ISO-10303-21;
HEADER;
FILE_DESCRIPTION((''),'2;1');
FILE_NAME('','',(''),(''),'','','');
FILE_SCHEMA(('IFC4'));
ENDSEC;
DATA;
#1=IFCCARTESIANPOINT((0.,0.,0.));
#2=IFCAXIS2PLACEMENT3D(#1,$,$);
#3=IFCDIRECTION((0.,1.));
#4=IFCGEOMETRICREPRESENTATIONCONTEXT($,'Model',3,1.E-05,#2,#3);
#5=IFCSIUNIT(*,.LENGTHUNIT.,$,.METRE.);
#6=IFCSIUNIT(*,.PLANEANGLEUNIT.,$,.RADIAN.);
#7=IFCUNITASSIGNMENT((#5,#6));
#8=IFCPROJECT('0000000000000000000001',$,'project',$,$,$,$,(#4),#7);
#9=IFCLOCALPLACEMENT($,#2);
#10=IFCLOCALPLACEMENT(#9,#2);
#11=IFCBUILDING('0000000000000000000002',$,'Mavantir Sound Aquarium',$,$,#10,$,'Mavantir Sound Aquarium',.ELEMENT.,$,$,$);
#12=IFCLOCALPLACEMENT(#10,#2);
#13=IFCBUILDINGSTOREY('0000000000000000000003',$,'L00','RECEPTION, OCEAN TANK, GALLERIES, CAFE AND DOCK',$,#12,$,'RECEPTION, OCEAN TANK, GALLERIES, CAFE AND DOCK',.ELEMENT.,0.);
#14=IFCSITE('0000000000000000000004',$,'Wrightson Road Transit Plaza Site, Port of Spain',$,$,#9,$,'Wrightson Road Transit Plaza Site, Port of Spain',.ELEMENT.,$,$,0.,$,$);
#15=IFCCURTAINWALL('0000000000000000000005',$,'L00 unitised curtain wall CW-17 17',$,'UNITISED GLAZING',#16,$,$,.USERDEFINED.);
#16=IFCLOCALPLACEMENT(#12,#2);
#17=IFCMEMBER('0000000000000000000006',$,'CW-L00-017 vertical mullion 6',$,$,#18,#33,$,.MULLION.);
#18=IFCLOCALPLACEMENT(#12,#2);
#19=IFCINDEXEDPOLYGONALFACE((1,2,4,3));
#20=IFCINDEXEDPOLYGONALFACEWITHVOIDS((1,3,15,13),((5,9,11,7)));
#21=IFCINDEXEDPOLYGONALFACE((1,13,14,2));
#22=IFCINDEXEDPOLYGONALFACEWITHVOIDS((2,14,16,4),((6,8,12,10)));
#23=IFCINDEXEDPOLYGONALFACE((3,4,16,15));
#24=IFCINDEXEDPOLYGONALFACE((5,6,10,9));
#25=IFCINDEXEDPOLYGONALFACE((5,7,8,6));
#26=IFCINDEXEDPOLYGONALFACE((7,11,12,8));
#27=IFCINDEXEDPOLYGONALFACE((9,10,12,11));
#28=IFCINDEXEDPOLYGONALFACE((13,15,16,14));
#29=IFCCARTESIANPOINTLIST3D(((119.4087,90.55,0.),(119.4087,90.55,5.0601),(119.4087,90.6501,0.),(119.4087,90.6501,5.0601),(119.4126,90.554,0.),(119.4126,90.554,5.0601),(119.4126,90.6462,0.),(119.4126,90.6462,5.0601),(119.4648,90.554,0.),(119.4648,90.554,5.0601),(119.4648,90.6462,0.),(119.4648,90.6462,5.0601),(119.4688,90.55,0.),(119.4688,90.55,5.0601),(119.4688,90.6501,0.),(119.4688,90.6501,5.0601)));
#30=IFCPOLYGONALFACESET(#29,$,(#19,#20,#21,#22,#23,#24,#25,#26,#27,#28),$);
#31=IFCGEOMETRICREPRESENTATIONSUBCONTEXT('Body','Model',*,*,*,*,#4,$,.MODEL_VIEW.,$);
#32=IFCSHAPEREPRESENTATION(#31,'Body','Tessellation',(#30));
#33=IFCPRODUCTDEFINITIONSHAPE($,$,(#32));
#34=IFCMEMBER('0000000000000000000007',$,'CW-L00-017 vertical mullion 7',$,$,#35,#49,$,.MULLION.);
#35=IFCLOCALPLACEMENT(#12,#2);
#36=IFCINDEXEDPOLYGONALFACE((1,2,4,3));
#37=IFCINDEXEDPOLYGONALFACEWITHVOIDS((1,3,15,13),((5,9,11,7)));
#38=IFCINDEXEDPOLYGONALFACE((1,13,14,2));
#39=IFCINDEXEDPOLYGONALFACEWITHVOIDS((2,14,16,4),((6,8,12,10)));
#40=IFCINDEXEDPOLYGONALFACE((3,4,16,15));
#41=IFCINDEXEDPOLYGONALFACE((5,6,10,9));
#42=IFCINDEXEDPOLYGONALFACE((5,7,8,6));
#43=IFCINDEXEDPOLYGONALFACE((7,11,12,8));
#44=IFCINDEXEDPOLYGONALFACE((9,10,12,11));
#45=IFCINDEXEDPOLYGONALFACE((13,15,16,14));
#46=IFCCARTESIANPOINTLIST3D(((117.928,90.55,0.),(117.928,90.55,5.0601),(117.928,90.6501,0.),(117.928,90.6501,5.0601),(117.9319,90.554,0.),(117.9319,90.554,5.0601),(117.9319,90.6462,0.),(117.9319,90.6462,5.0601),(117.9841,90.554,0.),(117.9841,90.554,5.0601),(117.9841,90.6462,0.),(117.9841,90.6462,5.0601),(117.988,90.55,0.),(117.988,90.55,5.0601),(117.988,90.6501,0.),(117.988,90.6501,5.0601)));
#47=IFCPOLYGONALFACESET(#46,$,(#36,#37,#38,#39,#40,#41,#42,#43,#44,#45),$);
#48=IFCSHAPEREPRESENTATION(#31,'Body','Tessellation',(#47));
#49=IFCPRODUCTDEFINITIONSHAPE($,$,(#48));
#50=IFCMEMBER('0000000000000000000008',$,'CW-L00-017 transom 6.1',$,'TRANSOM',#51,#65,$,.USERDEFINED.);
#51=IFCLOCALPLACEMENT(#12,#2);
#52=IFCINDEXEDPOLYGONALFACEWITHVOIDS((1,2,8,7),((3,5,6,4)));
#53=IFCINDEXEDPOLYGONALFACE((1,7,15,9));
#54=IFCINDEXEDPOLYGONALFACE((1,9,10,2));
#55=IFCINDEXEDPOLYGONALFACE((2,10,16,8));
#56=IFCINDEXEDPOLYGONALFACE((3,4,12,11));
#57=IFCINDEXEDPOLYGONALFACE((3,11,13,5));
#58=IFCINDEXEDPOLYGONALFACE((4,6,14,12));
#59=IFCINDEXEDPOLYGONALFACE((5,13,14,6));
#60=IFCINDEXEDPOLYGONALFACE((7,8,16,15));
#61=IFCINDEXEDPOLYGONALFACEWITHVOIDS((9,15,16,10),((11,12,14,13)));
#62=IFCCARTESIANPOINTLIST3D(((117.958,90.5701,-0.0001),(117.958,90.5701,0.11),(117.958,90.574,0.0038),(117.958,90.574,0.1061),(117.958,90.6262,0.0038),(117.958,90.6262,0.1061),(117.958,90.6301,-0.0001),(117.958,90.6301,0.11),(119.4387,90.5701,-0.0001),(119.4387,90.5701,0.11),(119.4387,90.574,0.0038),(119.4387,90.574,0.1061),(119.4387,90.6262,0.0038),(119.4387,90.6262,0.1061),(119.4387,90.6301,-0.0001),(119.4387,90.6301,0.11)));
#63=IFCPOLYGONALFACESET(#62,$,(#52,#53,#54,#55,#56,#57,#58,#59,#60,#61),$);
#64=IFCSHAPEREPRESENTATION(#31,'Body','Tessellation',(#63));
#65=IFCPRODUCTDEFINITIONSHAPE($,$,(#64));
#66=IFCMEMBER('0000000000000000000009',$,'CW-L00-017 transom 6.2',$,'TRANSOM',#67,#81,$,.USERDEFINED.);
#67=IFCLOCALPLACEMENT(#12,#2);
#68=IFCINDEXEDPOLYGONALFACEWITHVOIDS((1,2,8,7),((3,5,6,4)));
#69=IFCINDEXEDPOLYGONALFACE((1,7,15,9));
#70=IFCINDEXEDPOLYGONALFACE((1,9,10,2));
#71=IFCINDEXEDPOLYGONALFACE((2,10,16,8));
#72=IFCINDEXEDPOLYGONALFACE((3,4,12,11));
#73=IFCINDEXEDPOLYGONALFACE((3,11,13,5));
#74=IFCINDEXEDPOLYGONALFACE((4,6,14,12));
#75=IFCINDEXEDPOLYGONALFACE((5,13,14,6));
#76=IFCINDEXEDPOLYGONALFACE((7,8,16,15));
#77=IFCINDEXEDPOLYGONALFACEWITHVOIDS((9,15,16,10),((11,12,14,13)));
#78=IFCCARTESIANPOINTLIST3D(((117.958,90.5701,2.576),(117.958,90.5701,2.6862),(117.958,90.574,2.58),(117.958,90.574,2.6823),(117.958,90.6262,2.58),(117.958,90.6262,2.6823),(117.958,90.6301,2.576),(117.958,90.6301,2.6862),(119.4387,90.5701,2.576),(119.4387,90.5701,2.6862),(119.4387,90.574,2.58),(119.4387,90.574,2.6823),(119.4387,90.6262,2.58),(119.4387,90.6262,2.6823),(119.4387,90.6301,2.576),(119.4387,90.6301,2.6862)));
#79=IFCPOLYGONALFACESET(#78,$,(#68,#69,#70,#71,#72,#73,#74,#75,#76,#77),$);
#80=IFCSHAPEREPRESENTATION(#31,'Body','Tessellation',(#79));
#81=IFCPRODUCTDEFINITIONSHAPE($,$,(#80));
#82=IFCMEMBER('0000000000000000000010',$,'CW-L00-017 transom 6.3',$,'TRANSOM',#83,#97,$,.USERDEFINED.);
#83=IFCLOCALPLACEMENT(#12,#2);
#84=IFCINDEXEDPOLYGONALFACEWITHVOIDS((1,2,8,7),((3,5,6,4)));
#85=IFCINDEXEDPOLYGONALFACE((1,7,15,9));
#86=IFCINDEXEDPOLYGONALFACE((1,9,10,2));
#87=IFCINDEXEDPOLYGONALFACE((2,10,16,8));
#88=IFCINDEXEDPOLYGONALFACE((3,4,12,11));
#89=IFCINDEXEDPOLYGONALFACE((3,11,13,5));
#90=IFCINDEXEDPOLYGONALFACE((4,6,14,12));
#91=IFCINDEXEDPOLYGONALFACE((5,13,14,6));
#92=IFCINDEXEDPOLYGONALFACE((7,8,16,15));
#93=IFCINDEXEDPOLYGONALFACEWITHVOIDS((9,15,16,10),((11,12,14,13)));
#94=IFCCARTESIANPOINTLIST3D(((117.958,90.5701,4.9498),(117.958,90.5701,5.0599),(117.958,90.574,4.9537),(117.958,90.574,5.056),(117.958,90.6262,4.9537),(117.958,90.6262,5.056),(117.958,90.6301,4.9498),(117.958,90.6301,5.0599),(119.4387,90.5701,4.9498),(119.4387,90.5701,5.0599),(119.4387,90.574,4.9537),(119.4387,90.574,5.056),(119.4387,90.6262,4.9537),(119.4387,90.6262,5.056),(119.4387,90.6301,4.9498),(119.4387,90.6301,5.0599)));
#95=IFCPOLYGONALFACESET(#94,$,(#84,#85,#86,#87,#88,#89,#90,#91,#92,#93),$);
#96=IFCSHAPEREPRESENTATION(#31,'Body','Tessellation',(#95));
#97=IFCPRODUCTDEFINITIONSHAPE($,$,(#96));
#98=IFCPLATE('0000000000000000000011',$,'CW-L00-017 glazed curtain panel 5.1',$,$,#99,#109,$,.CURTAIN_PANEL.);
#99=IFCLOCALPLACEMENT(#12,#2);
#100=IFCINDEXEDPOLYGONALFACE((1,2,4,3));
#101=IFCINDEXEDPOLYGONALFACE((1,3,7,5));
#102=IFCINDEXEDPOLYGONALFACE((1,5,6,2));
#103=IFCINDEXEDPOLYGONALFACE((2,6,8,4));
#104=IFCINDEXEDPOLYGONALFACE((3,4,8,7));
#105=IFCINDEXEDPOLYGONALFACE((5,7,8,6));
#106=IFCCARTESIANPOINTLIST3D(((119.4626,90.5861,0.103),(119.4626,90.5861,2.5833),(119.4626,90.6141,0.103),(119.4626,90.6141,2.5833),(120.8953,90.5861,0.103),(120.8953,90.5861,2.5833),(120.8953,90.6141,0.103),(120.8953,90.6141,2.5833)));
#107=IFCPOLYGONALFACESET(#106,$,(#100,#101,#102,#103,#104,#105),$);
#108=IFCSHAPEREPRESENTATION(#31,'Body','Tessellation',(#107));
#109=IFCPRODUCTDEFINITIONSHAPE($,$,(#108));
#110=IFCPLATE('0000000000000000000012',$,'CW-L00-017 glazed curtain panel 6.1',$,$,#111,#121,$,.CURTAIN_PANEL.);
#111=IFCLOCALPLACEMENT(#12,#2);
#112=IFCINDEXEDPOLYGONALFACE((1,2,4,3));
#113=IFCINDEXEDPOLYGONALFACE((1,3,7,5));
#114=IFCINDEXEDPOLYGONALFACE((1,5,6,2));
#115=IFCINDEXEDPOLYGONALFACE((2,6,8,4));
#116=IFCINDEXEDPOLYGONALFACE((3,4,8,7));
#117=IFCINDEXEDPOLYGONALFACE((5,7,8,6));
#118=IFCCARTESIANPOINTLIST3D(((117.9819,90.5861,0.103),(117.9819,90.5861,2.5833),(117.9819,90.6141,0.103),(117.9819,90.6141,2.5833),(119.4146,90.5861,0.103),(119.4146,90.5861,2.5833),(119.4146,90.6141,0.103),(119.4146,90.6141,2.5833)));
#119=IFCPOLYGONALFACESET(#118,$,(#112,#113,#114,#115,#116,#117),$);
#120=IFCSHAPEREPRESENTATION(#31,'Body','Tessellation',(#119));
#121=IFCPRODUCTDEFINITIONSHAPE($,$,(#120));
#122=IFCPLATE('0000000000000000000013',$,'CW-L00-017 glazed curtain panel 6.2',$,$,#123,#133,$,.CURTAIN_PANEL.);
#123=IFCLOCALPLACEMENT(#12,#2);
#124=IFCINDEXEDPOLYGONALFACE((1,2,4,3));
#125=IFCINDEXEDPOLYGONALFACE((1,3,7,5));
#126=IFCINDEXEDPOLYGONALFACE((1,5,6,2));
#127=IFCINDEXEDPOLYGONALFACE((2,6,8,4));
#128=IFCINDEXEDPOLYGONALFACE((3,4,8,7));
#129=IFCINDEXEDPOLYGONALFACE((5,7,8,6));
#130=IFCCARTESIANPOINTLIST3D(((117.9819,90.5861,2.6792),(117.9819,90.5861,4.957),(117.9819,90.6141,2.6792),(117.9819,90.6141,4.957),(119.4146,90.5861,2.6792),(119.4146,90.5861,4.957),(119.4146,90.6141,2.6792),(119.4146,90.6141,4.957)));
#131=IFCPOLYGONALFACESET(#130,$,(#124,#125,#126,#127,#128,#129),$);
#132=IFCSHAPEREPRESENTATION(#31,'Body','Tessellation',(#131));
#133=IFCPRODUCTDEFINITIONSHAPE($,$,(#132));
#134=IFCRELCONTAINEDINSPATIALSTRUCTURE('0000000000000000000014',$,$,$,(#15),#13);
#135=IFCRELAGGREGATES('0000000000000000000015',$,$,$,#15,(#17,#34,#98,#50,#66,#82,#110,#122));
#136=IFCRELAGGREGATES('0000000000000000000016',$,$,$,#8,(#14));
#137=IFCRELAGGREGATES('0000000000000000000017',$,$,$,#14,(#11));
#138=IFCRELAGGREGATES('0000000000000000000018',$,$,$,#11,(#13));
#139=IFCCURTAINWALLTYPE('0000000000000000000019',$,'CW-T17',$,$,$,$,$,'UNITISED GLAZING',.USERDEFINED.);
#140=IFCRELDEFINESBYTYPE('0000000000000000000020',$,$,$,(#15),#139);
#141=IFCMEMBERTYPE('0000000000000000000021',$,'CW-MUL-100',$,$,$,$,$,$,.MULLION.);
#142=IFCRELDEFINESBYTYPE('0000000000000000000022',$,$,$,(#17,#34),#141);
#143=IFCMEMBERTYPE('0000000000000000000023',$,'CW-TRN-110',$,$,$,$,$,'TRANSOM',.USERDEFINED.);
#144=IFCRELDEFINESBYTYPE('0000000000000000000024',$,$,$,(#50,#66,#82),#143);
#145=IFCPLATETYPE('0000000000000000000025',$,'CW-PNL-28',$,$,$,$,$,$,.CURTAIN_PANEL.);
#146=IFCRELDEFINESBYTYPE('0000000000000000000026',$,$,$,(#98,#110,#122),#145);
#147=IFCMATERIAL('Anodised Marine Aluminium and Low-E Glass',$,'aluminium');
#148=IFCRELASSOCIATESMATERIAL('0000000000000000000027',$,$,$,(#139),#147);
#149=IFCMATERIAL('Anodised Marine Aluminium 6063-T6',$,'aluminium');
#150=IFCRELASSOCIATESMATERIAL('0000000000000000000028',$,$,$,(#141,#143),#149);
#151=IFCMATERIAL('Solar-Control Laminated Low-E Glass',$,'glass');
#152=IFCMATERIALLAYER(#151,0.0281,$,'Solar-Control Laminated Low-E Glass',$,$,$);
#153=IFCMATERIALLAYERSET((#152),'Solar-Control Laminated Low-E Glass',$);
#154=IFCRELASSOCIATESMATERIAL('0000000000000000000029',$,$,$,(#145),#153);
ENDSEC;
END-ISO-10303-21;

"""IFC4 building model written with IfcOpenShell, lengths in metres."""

from ifc_helpers import new_model, si_unit, direction, frame, origin, origin_2d, place, context, subcontext, project, spatial, rectangle, hollow_rectangle, extrude, material, layer, layer_set, material_profile, profile_set, type_object, element, aggregate, save


model = new_model("IFC4")

# Units and contexts
model_context = context("Model", 3, precision=1e-05, world=origin(), true_north=direction((0.0, 1.0)))
body_context = subcontext(model_context, "Body", "Model", "MODEL_VIEW")
ifc_project = project(units=[si_unit("LENGTHUNIT", "METRE"), si_unit("PLANEANGLEUNIT", "RADIAN")], contexts=[model_context])

# Site, building, storey
site_placement = place(None, origin())
site = spatial("IfcSite", under=ifc_project, at=site_placement, Name="Wrightson Road Transit Plaza Site, Port of Spain", LongName="Wrightson Road Transit Plaza Site, Port of Spain", CompositionType="ELEMENT", RefElevation=0.0)
building_placement = place(site_placement, origin())
building = spatial("IfcBuilding", under=site, at=building_placement, Name="Mavantir Sound Aquarium", LongName="Mavantir Sound Aquarium", CompositionType="ELEMENT")
storey_placement = place(building_placement, origin())
storey = spatial("IfcBuildingStorey", under=building, at=storey_placement, Name="L00", Description="RECEPTION, OCEAN TANK, GALLERIES, CAFE AND DOCK", LongName="RECEPTION, OCEAN TANK, GALLERIES, CAFE AND DOCK", CompositionType="ELEMENT", Elevation=0.0)

# Curtain wall, members, plates
ifc_material_1 = material(Name="Anodised Marine Aluminium and Low-E Glass", Category="aluminium")
curtain_wall_type = type_object("IfcCurtainWallType", Name="CW-T17", ElementType="UNITISED GLAZING", PredefinedType="USERDEFINED", material=ifc_material_1)
curtain_wall_placement = place(storey_placement, origin())
curtain_wall = element("IfcCurtainWall", 1, at=curtain_wall_placement, inside=storey, type_object=curtain_wall_type, Name="L00 unitised curtain wall CW-17 17", ObjectType="UNITISED GLAZING", PredefinedType="USERDEFINED")
ifc_material_2 = material(Name="Anodised Marine Aluminium 6063-T6", Category="aluminium")
ifc_material_profile_1 = material_profile(ifc_material_2, hollow_rectangle(XDim=0.0601, YDim=0.1001, WallThickness=0.0039, at=origin_2d()), Name="ALU-MULLION-100X60")
ifc_profile_set_1 = profile_set([ifc_material_profile_1], Name="Anodised Marine Aluminium 6063-T6")
member_type_1 = type_object("IfcMemberType", Name="CW-MUL-100", PredefinedType="MULLION", material=ifc_profile_set_1)
member_1_placement = place(storey_placement, frame((119.4387, 90.6001, 0.0), z_axis=(0.0, 0.0, 1.0), x_axis=(1.0, 0.0, 0.0)))
member_1 = element("IfcMember", 2, at=member_1_placement, type_object=member_type_1, Name="CW-L00-017 vertical mullion 6", PredefinedType="MULLION", context=body_context, shape_type="SweptSolid", body=[
    extrude(hollow_rectangle(XDim=0.0601, YDim=0.1001, WallThickness=0.0039, at=origin_2d()), origin(), (0.0, 0.0, 1.0), 5.0601),
])
member_2_placement = place(storey_placement, frame((117.958, 90.6001, 0.0), z_axis=(0.0, 0.0, 1.0), x_axis=(1.0, 0.0, 0.0)))
member_2 = element("IfcMember", 3, at=member_2_placement, type_object=member_type_1, Name="CW-L00-017 vertical mullion 7", PredefinedType="MULLION", context=body_context, shape_type="SweptSolid", body=[
    extrude(hollow_rectangle(XDim=0.0601, YDim=0.1001, WallThickness=0.0039, at=origin_2d()), origin(), (0.0, 0.0, 1.0), 5.0601),
])
ifc_material_profile_2 = material_profile(ifc_material_2, hollow_rectangle(XDim=0.0601, YDim=0.1101, WallThickness=0.0039, at=origin_2d()), Name="ALU-TRANSOM-110X60")
ifc_profile_set_2 = profile_set([ifc_material_profile_2], Name="Anodised Marine Aluminium 6063-T6")
member_type_2 = type_object("IfcMemberType", Name="CW-TRN-110", ElementType="TRANSOM", PredefinedType="USERDEFINED", material=ifc_profile_set_2)
member_3_placement = place(storey_placement, frame((119.4387, 90.6001, 0.0549), z_axis=(-1.0, 0.0, 0.0), x_axis=(0.0, -1.0, 0.0)))
member_3 = element("IfcMember", 4, at=member_3_placement, type_object=member_type_2, Name="CW-L00-017 transom 6.1", ObjectType="TRANSOM", PredefinedType="USERDEFINED", context=body_context, shape_type="SweptSolid", body=[
    extrude(hollow_rectangle(XDim=0.0601, YDim=0.1101, WallThickness=0.0039, at=origin_2d()), origin(), (0.0, 0.0, 1.0), 1.4807),
])
member_4_placement = place(storey_placement, frame((119.4387, 90.6001, 2.6311), z_axis=(-1.0, 0.0, 0.0), x_axis=(0.0, -1.0, 0.0)))
member_4 = element("IfcMember", 5, at=member_4_placement, type_object=member_type_2, Name="CW-L00-017 transom 6.2", ObjectType="TRANSOM", PredefinedType="USERDEFINED", context=body_context, shape_type="SweptSolid", body=[
    extrude(hollow_rectangle(XDim=0.0601, YDim=0.1101, WallThickness=0.0039, at=origin_2d()), origin(), (0.0, 0.0, 1.0), 1.4807),
])
member_5_placement = place(storey_placement, frame((119.4387, 90.6001, 5.0049), z_axis=(-1.0, 0.0, 0.0), x_axis=(0.0, -1.0, 0.0)))
member_5 = element("IfcMember", 6, at=member_5_placement, type_object=member_type_2, Name="CW-L00-017 transom 6.3", ObjectType="TRANSOM", PredefinedType="USERDEFINED", context=body_context, shape_type="SweptSolid", body=[
    extrude(hollow_rectangle(XDim=0.0601, YDim=0.1101, WallThickness=0.0039, at=origin_2d()), origin(), (0.0, 0.0, 1.0), 1.4807),
])
ifc_material_3 = material(Name="Solar-Control Laminated Low-E Glass", Category="glass")
ifc_layer = layer(ifc_material_3, 0.0281, Name="Solar-Control Laminated Low-E Glass")
ifc_layer_set = layer_set([ifc_layer], Name="Solar-Control Laminated Low-E Glass")
plate_type = type_object("IfcPlateType", Name="CW-PNL-28", PredefinedType="CURTAIN_PANEL", material=ifc_layer_set)
plate_1_placement = place(storey_placement, frame((120.179, 90.6001, 0.103), z_axis=(0.0, 0.0, 1.0), x_axis=(-1.0, 0.0, 0.0)))
plate_1 = element("IfcPlate", 7, at=plate_1_placement, type_object=plate_type, Name="CW-L00-017 glazed curtain panel 5.1", PredefinedType="CURTAIN_PANEL", context=body_context, shape_type="SweptSolid", body=[
    extrude(rectangle(XDim=1.4326, YDim=0.0281, at=origin_2d()), origin(), (0.0, 0.0, 1.0), 2.4802),
])
plate_2_placement = place(storey_placement, frame((118.6982, 90.6001, 0.103), z_axis=(0.0, 0.0, 1.0), x_axis=(-1.0, 0.0, 0.0)))
plate_2 = element("IfcPlate", 8, at=plate_2_placement, type_object=plate_type, Name="CW-L00-017 glazed curtain panel 6.1", PredefinedType="CURTAIN_PANEL", context=body_context, shape_type="SweptSolid", body=[
    extrude(rectangle(XDim=1.4326, YDim=0.0281, at=origin_2d()), origin(), (0.0, 0.0, 1.0), 2.4802),
])
plate_3_placement = place(storey_placement, frame((118.6982, 90.6001, 2.6792), z_axis=(0.0, 0.0, 1.0), x_axis=(-1.0, 0.0, 0.0)))
plate_3 = element("IfcPlate", 9, at=plate_3_placement, type_object=plate_type, Name="CW-L00-017 glazed curtain panel 6.2", PredefinedType="CURTAIN_PANEL", context=body_context, shape_type="SweptSolid", body=[
    extrude(rectangle(XDim=1.4326, YDim=0.0281, at=origin_2d()), origin(), (0.0, 0.0, 1.0), 2.2778),
])
aggregate(curtain_wall, [member_1, member_2, plate_1, member_3, member_4, member_5, plate_2, plate_3])

save(model, "model.ifc")
